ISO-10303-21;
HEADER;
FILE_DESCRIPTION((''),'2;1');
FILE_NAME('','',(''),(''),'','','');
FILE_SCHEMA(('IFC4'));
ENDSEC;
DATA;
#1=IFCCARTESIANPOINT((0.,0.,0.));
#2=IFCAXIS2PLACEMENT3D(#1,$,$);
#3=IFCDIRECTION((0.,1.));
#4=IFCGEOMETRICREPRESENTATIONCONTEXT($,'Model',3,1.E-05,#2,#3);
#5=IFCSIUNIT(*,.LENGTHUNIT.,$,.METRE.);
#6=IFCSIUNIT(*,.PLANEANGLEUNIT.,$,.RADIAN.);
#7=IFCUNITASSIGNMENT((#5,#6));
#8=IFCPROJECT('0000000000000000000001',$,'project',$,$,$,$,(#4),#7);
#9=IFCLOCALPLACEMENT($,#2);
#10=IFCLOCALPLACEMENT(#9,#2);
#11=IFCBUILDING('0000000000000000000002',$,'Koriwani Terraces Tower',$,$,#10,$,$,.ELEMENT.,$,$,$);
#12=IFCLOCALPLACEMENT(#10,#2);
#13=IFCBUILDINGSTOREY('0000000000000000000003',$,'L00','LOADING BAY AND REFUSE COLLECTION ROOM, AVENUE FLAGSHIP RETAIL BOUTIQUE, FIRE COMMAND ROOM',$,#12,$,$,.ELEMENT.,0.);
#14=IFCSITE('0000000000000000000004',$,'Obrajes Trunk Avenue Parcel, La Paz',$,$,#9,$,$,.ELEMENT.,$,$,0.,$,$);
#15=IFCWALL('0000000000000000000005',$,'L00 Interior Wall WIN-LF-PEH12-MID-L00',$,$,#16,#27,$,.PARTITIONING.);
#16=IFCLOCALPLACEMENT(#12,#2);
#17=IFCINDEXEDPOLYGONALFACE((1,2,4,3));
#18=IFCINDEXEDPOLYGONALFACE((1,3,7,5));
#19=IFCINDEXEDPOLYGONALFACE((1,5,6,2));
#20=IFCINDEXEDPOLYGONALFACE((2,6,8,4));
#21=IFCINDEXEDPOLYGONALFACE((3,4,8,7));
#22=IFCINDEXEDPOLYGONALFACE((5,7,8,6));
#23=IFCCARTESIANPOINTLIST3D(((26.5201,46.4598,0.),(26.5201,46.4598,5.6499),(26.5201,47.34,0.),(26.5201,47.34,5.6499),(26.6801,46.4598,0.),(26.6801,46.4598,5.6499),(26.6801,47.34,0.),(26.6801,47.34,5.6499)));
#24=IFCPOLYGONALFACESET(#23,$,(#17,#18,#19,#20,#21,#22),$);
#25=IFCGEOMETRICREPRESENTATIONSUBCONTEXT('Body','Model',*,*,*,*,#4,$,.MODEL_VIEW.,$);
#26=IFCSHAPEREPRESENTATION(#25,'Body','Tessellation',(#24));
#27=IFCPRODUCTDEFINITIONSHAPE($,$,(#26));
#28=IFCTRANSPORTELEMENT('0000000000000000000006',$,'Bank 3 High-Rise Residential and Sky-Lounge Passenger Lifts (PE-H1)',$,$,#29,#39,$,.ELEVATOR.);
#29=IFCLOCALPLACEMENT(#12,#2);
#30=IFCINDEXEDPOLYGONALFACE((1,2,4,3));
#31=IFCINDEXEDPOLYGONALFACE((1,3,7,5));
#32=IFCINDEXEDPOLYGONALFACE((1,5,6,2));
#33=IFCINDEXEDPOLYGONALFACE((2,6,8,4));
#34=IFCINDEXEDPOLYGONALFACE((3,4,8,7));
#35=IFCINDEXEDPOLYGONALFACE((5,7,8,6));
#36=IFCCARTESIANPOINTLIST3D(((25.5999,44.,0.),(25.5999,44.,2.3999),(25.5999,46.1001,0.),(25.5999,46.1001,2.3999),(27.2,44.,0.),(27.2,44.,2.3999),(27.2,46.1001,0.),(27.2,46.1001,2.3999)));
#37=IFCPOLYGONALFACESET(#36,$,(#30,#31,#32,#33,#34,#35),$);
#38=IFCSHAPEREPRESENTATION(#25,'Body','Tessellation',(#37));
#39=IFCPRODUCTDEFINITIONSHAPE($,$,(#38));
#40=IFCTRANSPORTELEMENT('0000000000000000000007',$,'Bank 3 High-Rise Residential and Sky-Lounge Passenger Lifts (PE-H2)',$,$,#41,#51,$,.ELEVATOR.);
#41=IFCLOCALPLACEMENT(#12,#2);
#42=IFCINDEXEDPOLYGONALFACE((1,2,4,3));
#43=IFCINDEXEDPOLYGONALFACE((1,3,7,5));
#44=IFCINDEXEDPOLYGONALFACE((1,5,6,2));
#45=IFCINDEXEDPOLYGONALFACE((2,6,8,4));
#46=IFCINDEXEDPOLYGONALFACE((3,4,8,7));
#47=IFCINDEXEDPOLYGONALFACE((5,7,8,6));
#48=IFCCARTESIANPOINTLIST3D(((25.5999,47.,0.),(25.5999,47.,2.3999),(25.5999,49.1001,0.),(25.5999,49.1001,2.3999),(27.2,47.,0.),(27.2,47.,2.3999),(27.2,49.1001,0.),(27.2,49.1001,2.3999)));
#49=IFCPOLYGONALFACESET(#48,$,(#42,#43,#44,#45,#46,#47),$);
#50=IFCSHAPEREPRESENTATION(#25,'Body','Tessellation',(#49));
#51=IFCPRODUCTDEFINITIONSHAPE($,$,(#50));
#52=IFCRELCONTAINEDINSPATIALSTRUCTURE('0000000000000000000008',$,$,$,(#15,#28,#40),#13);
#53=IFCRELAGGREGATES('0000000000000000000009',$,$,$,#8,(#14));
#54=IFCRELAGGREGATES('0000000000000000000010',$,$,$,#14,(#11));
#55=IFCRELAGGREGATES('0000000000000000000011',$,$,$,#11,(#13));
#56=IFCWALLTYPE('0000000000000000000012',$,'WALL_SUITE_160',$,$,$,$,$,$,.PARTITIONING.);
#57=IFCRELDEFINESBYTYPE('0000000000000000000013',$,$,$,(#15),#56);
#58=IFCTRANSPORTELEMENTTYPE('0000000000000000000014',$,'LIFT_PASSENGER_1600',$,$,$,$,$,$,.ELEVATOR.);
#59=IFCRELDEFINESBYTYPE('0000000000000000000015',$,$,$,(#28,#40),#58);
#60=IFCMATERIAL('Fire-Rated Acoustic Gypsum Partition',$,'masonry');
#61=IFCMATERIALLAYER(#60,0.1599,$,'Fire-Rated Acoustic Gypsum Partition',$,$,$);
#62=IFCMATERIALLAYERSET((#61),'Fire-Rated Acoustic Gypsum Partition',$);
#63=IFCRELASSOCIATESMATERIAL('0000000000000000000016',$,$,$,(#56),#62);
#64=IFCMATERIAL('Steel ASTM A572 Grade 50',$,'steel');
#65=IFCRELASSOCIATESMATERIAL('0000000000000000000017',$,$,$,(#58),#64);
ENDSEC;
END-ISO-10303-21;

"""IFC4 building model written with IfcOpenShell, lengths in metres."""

from ifc_helpers import new_model, si_unit, direction, frame, frame_2d, origin, origin_2d, place, context, subcontext, project, spatial, rectangle, extrude, material, layer, layer_set, type_object, element, save


model = new_model("IFC4")

# Units and contexts
model_context = context("Model", 3, precision=1e-05, world=origin(), true_north=direction((0.0, 1.0)))
body_context = subcontext(model_context, "Body", "Model", "MODEL_VIEW")
ifc_project = project(units=[si_unit("LENGTHUNIT", "METRE"), si_unit("PLANEANGLEUNIT", "RADIAN")], contexts=[model_context])

# Site, building, storey
site_placement = place(None, origin())
site = spatial("IfcSite", under=ifc_project, at=site_placement, Name="Obrajes Trunk Avenue Parcel, La Paz", CompositionType="ELEMENT", RefElevation=0.0)
building_placement = place(site_placement, origin())
building = spatial("IfcBuilding", under=site, at=building_placement, Name="Koriwani Terraces Tower", CompositionType="ELEMENT")
storey_placement = place(building_placement, origin())
storey = spatial("IfcBuildingStorey", under=building, at=storey_placement, Name="L00", Description="LOADING BAY AND REFUSE COLLECTION ROOM, AVENUE FLAGSHIP RETAIL BOUTIQUE, FIRE COMMAND ROOM", CompositionType="ELEMENT", Elevation=0.0)

# Shared definitions
ifc_material_1 = material(Name="Steel ASTM A572 Grade 50", Category="steel")

# Wall
ifc_material_2 = material(Name="Fire-Rated Acoustic Gypsum Partition", Category="masonry")
ifc_layer_1 = layer(ifc_material_2, 0.1599, Name="Fire-Rated Acoustic Gypsum Partition")
ifc_layer_set_1 = layer_set([ifc_layer_1], Name="Fire-Rated Acoustic Gypsum Partition")
wall_type_1 = type_object("IfcWallType", Name="WALL_SUITE_160", PredefinedType="PARTITIONING", material=ifc_layer_set_1)
wall_1_placement = place(storey_placement, frame((26.6001, 46.46, 0.0), z_axis=(0.0, 0.0, 1.0), x_axis=(0.0, 1.0, 0.0)))
element("IfcWall", 1, at=wall_1_placement, inside=storey, type_object=wall_type_1, Name="L00 Interior Wall WIN-LF-PEH12-MID-L00", PredefinedType="PARTITIONING", context=body_context, shape_type="SweptSolid", body=[
    extrude(rectangle(XDim=0.8801, YDim=0.1599, at=frame_2d((0.4399, 0.0))), origin(), (0.0, 0.0, 1.0), 5.6499),
])

# Transport elements
transport_element_type = type_object("IfcTransportElementType", Name="LIFT_PASSENGER_1600", PredefinedType="ELEVATOR", material=ifc_material_1)
for number, where, z_axis, x_axis, name in (
    (2, (26.3999, 45.05, 0.0), (0.0, 0.0, 1.0), (1.0, 0.0, 0.0), "Bank 3 High-Rise Residential and Sky-Lounge Passenger Lifts (PE-H1)"),
    (3, (26.3999, 48.05, 0.0), (0.0, 0.0, 1.0), (1.0, 0.0, 0.0), "Bank 3 High-Rise Residential and Sky-Lounge Passenger Lifts (PE-H2)"),
):
    element("IfcTransportElement", number, at=place(storey_placement, frame(where, z_axis=z_axis, x_axis=x_axis)), inside=storey, type_object=transport_element_type, Name=name, PredefinedType="ELEVATOR", context=body_context, shape_type="SweptSolid", body=[
        extrude(rectangle(XDim=1.6001, YDim=2.1001, at=origin_2d()), origin(), (0.0, 0.0, 1.0), 2.3999),
    ])

save(model, "model.ifc")
